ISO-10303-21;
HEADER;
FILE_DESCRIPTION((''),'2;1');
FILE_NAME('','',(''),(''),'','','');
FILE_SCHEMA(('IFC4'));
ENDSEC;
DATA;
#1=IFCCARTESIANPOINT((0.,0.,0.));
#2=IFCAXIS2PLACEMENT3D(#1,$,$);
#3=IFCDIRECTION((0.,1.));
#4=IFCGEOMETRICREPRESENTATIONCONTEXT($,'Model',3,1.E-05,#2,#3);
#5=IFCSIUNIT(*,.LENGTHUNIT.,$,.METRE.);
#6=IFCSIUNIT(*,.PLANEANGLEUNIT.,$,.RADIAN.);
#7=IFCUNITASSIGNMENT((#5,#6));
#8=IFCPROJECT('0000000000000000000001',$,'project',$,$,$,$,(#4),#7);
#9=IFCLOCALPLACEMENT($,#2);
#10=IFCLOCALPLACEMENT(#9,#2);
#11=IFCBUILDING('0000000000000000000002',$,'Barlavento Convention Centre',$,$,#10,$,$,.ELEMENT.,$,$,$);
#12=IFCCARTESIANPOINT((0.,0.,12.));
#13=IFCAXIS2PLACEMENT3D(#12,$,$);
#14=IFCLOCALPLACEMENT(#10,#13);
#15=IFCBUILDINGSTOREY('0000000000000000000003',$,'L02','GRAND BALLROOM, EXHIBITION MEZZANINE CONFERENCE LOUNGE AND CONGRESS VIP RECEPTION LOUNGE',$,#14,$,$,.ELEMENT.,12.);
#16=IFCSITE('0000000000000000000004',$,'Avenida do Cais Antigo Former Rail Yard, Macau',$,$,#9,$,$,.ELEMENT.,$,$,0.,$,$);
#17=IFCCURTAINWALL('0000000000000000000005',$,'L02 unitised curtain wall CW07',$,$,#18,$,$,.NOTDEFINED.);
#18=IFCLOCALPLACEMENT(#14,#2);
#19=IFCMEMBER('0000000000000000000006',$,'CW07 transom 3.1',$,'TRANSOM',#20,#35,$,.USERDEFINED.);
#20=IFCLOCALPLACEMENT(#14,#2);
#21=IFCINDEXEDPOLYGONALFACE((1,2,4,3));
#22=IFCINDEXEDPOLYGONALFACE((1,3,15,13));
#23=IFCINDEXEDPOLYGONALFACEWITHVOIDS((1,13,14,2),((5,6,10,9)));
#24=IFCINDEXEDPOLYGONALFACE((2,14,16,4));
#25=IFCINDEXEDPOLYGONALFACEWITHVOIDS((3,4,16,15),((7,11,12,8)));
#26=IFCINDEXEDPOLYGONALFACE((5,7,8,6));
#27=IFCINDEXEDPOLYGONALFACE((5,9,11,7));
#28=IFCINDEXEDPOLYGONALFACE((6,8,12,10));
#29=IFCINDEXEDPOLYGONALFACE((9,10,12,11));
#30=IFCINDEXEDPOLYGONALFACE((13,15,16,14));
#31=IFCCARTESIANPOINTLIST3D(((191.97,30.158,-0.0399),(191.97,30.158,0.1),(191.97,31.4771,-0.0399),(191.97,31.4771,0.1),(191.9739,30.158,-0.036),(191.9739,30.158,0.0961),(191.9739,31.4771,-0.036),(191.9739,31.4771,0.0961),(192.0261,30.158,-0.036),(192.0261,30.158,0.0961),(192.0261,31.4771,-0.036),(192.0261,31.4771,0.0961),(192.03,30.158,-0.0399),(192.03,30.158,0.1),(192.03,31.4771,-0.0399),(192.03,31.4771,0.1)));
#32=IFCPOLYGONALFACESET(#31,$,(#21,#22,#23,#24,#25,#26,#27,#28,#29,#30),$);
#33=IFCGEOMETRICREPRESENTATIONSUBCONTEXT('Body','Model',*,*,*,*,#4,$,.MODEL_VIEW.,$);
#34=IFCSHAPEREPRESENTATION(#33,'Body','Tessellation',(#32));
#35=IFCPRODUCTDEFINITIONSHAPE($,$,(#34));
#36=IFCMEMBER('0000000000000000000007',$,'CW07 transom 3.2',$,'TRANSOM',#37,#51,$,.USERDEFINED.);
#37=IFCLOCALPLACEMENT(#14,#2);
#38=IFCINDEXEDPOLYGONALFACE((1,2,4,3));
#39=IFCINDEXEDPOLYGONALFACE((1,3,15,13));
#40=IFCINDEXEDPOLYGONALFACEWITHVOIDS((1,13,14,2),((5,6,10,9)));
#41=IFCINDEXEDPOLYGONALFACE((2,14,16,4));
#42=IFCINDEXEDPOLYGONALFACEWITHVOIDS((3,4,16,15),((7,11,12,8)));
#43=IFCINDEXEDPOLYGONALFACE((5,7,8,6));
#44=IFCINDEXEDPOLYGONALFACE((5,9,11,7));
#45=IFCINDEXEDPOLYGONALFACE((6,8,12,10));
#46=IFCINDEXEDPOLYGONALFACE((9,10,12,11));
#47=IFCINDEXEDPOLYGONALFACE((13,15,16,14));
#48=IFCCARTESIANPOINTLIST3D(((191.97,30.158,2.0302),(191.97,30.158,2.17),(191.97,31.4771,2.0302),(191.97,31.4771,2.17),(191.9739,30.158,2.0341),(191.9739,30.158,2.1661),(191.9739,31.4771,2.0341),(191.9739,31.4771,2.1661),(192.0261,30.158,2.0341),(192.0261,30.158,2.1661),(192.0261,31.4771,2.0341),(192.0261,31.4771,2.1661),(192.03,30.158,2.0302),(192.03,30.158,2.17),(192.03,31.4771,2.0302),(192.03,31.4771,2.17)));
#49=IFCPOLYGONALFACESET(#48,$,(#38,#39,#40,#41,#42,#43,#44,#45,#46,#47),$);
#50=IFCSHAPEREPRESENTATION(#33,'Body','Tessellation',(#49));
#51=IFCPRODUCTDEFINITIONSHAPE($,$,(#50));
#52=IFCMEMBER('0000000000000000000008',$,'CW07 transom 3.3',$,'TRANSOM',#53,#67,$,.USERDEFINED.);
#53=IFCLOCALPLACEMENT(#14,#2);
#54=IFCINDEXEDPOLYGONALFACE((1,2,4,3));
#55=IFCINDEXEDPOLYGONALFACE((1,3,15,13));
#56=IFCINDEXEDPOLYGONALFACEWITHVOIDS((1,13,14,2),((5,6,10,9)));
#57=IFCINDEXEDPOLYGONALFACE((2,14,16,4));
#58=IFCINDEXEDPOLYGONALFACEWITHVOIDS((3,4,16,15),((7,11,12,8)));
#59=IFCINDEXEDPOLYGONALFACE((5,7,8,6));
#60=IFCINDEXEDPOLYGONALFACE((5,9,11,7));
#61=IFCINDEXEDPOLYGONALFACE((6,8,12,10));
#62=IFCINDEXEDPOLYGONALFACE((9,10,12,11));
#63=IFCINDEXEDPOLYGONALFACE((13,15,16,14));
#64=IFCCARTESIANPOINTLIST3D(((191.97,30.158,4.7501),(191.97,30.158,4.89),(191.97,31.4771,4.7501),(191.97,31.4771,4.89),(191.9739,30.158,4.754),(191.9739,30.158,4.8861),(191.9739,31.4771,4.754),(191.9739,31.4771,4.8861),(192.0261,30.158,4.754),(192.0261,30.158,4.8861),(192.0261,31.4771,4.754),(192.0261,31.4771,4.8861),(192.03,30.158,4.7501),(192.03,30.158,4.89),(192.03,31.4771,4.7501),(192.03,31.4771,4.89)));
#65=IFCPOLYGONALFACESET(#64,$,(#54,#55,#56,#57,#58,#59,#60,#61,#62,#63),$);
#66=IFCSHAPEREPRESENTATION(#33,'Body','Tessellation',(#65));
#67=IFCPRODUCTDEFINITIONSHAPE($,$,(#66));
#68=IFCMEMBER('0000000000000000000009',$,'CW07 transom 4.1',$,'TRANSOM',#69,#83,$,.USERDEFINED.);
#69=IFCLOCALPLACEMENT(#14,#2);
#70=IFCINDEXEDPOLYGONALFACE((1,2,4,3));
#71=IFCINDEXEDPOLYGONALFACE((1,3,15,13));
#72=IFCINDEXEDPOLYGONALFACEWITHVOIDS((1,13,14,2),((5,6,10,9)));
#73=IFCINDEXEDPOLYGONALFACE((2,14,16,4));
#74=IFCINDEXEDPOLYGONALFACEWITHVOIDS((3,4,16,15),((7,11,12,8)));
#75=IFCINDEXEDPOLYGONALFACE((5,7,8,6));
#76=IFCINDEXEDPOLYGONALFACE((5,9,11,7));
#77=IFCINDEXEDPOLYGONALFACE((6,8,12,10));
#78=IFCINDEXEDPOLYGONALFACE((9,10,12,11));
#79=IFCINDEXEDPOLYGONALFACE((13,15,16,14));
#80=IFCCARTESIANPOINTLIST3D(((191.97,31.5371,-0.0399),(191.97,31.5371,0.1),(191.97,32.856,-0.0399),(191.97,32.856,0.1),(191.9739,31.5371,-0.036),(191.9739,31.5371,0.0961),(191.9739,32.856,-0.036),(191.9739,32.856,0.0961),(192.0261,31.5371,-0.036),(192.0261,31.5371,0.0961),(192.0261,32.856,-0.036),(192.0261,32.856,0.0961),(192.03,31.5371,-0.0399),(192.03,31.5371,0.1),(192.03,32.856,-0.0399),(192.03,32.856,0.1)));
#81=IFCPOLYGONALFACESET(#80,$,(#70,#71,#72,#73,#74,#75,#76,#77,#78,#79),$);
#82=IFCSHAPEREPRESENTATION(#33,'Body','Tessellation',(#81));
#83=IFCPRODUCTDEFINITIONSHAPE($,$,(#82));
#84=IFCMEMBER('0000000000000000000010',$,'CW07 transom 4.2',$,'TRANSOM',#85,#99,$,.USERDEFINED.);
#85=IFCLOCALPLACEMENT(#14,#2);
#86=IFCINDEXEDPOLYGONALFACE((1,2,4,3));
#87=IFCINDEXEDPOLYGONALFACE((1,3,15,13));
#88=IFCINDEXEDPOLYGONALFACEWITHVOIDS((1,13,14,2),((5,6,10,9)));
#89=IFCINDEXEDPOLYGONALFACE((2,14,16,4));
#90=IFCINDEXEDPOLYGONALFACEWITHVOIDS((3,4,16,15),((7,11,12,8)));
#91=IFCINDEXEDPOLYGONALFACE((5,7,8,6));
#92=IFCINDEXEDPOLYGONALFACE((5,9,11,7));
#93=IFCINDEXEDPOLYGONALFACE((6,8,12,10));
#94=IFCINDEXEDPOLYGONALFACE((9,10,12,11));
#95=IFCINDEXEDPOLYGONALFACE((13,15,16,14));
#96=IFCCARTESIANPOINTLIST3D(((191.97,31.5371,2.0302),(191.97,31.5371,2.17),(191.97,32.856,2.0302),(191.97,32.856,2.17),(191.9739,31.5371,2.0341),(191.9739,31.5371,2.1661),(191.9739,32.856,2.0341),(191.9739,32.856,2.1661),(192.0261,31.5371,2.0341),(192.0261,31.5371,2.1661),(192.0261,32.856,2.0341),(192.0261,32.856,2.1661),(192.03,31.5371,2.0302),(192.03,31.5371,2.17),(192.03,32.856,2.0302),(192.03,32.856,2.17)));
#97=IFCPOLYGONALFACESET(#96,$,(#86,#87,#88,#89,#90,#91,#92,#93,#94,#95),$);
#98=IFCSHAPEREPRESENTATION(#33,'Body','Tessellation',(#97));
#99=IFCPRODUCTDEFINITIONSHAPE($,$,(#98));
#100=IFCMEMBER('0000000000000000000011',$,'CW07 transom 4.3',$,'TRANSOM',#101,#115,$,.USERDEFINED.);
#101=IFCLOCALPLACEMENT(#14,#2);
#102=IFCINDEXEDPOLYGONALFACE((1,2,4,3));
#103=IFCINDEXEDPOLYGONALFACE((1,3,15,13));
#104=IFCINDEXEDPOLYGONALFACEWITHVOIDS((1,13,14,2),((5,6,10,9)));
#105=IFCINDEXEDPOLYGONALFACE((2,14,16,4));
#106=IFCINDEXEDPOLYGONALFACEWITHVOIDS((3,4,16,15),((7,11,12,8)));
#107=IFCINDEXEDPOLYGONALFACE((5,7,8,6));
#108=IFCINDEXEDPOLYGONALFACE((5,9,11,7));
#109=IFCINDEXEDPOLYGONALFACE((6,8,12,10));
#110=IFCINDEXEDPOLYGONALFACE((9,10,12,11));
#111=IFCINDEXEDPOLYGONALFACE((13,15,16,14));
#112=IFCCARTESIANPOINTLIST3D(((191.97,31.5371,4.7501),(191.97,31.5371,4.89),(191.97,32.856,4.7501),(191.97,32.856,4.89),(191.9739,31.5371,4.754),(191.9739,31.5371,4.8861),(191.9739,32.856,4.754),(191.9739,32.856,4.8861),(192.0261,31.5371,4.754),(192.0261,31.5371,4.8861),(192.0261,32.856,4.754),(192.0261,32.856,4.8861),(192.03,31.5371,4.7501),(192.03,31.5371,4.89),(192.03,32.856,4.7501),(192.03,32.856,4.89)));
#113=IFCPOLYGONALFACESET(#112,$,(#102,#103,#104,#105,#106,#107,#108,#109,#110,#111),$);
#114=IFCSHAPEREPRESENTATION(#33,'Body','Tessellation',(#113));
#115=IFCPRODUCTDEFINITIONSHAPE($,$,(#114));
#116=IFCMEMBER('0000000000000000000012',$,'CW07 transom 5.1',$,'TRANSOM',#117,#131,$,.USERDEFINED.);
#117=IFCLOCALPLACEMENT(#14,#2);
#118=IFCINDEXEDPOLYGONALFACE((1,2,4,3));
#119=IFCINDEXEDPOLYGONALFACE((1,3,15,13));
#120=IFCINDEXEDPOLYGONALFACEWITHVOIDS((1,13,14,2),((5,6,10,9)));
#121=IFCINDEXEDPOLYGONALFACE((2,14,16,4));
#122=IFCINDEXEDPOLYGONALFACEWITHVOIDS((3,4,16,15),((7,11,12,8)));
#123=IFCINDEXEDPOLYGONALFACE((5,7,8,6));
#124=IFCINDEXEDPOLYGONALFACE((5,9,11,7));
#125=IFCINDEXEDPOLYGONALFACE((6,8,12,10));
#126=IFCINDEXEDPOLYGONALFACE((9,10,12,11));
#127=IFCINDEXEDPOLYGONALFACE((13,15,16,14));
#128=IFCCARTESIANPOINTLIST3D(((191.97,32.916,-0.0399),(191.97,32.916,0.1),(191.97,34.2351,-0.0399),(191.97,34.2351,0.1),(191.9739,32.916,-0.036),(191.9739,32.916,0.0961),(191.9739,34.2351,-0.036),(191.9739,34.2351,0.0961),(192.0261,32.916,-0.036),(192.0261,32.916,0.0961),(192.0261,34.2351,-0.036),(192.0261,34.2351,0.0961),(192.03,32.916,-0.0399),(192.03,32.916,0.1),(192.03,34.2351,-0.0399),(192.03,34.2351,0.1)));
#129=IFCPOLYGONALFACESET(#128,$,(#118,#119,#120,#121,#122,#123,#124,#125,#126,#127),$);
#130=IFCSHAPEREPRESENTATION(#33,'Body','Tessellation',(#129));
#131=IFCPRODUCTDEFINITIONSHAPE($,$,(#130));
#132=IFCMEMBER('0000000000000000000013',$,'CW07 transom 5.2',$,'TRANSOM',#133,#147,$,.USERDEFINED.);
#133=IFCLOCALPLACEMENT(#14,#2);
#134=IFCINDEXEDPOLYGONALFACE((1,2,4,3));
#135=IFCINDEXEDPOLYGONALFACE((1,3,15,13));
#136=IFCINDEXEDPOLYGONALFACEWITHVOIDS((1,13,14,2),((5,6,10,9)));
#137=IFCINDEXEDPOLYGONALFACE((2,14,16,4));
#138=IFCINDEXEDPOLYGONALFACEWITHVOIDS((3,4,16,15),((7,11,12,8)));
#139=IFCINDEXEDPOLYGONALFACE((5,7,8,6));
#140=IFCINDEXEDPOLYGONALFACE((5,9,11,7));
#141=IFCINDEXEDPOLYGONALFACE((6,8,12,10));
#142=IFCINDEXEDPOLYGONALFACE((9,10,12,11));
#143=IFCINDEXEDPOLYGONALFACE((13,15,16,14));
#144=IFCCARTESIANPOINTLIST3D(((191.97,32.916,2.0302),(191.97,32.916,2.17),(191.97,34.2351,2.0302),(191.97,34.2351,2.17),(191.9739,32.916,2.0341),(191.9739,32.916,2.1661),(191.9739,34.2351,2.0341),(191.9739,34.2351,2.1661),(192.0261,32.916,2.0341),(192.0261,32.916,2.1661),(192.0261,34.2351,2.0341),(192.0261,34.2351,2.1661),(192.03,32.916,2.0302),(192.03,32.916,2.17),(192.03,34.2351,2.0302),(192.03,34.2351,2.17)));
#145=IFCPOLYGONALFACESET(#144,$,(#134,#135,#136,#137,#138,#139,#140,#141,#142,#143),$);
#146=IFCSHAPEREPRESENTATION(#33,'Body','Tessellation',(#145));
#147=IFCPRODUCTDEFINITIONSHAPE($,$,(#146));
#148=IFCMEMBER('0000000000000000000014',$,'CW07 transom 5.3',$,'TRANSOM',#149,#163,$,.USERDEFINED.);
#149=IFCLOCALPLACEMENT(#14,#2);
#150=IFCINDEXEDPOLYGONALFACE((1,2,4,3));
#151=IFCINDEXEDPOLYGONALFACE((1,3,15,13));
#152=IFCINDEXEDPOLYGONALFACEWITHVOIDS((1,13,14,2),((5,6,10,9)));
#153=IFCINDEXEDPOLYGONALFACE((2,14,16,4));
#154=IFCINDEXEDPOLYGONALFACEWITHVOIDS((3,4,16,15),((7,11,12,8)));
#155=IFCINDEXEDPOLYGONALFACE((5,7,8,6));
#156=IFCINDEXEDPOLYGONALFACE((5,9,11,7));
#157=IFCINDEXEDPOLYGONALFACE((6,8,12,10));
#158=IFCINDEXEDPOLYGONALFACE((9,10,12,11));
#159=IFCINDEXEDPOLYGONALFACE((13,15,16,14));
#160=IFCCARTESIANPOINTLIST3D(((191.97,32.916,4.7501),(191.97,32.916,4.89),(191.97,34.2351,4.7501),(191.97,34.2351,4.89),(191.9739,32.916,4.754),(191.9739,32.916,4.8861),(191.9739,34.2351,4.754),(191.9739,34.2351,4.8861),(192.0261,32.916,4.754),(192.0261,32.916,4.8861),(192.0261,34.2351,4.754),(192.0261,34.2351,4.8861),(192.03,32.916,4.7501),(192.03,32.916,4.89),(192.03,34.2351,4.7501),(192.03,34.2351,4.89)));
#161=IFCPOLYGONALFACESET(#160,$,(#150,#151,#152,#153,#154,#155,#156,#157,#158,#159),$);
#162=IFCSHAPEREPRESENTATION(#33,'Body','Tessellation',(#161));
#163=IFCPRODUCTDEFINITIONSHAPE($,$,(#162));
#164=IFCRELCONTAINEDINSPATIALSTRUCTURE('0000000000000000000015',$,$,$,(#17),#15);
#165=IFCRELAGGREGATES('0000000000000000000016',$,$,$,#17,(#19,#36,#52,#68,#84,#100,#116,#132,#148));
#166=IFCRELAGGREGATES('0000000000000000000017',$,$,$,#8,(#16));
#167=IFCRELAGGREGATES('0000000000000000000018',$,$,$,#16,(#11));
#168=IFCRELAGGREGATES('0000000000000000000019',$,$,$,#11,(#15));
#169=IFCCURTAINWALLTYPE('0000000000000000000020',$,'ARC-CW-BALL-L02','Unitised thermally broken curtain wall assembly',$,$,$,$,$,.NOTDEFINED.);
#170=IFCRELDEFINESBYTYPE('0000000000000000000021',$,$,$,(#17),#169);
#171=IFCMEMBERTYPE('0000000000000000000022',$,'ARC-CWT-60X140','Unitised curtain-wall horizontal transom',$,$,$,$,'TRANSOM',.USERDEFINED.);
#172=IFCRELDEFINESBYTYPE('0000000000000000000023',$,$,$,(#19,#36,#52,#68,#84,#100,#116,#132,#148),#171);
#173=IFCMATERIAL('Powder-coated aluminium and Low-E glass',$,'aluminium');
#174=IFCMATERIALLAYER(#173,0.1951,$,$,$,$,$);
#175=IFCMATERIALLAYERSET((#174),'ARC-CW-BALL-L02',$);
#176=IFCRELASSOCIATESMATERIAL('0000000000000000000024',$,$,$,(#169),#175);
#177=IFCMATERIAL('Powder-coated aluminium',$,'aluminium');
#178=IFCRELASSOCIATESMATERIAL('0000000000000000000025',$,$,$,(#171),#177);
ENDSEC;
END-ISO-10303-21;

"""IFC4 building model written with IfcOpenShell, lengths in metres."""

from ifc_helpers import new_model, si_unit, direction, frame, origin, origin_2d, place, context, subcontext, project, spatial, hollow_rectangle, extrude, material, layer, layer_set, material_profile, profile_set, type_object, element, aggregate, save


model = new_model("IFC4")

# Units and contexts
model_context = context("Model", 3, precision=1e-05, world=origin(), true_north=direction((0.0, 1.0)))
body_context = subcontext(model_context, "Body", "Model", "MODEL_VIEW")
ifc_project = project(units=[si_unit("LENGTHUNIT", "METRE"), si_unit("PLANEANGLEUNIT", "RADIAN")], contexts=[model_context])

# Site, building, storey
site_placement = place(None, origin())
site = spatial("IfcSite", under=ifc_project, at=site_placement, Name="Avenida do Cais Antigo Former Rail Yard, Macau", CompositionType="ELEMENT", RefElevation=0.0)
building_placement = place(site_placement, origin())
building = spatial("IfcBuilding", under=site, at=building_placement, Name="Barlavento Convention Centre", CompositionType="ELEMENT")
storey_placement = place(building_placement, frame((0.0, 0.0, 12.0)))
storey = spatial("IfcBuildingStorey", under=building, at=storey_placement, Name="L02", Description="GRAND BALLROOM, EXHIBITION MEZZANINE CONFERENCE LOUNGE AND CONGRESS VIP RECEPTION LOUNGE", CompositionType="ELEMENT", Elevation=12.0)

# Curtain wall, members
ifc_material_1 = material(Name="Powder-coated aluminium and Low-E glass", Category="aluminium")
ifc_layer_1 = layer(ifc_material_1, 0.1951)
ifc_layer_set_1 = layer_set([ifc_layer_1], Name="ARC-CW-BALL-L02")
curtain_wall_type = type_object("IfcCurtainWallType", Name="ARC-CW-BALL-L02", Description="Unitised thermally broken curtain wall assembly", PredefinedType="NOTDEFINED", material=ifc_layer_set_1)
curtain_wall_placement = place(storey_placement, origin())
curtain_wall = element("IfcCurtainWall", 1, at=curtain_wall_placement, inside=storey, type_object=curtain_wall_type, Name="L02 unitised curtain wall CW07", PredefinedType="NOTDEFINED")
ifc_material_2 = material(Name="Powder-coated aluminium", Category="aluminium")
ifc_material_profile_1 = material_profile(ifc_material_2, hollow_rectangle(XDim=0.0601, YDim=0.1399, WallThickness=0.0039, at=origin_2d()), Name="AL-TRAN 60x140x4")
ifc_profile_set_1 = profile_set([ifc_material_profile_1], Name="Powder-coated aluminium")
member_type_1 = type_object("IfcMemberType", Name="ARC-CWT-60X140", Description="Unitised curtain-wall horizontal transom", ElementType="TRANSOM", PredefinedType="USERDEFINED", material=ifc_profile_set_1)
member_1_placement = place(storey_placement, frame((192.0, 30.158, 0.03), z_axis=(0.0, 1.0, 0.0), x_axis=(-1.0, 0.0, 0.0)))
member_1 = element("IfcMember", 2, at=member_1_placement, type_object=member_type_1, Name="CW07 transom 3.1", ObjectType="TRANSOM", PredefinedType="USERDEFINED", context=body_context, shape_type="SweptSolid", body=[
    extrude(hollow_rectangle(XDim=0.0601, YDim=0.1399, WallThickness=0.0039, at=origin_2d()), origin(), (0.0, 0.0, 1.0), 1.3191),
])
member_2_placement = place(storey_placement, frame((192.0, 30.158, 2.1001), z_axis=(0.0, 1.0, 0.0), x_axis=(-1.0, 0.0, 0.0)))
member_2 = element("IfcMember", 3, at=member_2_placement, type_object=member_type_1, Name="CW07 transom 3.2", ObjectType="TRANSOM", PredefinedType="USERDEFINED", context=body_context, shape_type="SweptSolid", body=[
    extrude(hollow_rectangle(XDim=0.0601, YDim=0.1399, WallThickness=0.0039, at=origin_2d()), origin(), (0.0, 0.0, 1.0), 1.3191),
])
member_3_placement = place(storey_placement, frame((192.0, 30.158, 4.8201), z_axis=(0.0, 1.0, 0.0), x_axis=(-1.0, 0.0, 0.0)))
member_3 = element("IfcMember", 4, at=member_3_placement, type_object=member_type_1, Name="CW07 transom 3.3", ObjectType="TRANSOM", PredefinedType="USERDEFINED", context=body_context, shape_type="SweptSolid", body=[
    extrude(hollow_rectangle(XDim=0.0601, YDim=0.1399, WallThickness=0.0039, at=origin_2d()), origin(), (0.0, 0.0, 1.0), 1.3191),
])
member_4_placement = place(storey_placement, frame((192.0, 31.5371, 0.03), z_axis=(0.0, 1.0, 0.0), x_axis=(-1.0, 0.0, 0.0)))
member_4 = element("IfcMember", 5, at=member_4_placement, type_object=member_type_1, Name="CW07 transom 4.1", ObjectType="TRANSOM", PredefinedType="USERDEFINED", context=body_context, shape_type="SweptSolid", body=[
    extrude(hollow_rectangle(XDim=0.0601, YDim=0.1399, WallThickness=0.0039, at=origin_2d()), origin(), (0.0, 0.0, 1.0), 1.3188),
])
member_5_placement = place(storey_placement, frame((192.0, 31.5371, 2.1001), z_axis=(0.0, 1.0, 0.0), x_axis=(-1.0, 0.0, 0.0)))
member_5 = element("IfcMember", 6, at=member_5_placement, type_object=member_type_1, Name="CW07 transom 4.2", ObjectType="TRANSOM", PredefinedType="USERDEFINED", context=body_context, shape_type="SweptSolid", body=[
    extrude(hollow_rectangle(XDim=0.0601, YDim=0.1399, WallThickness=0.0039, at=origin_2d()), origin(), (0.0, 0.0, 1.0), 1.3188),
])
member_6_placement = place(storey_placement, frame((192.0, 31.5371, 4.8201), z_axis=(0.0, 1.0, 0.0), x_axis=(-1.0, 0.0, 0.0)))
member_6 = element("IfcMember", 7, at=member_6_placement, type_object=member_type_1, Name="CW07 transom 4.3", ObjectType="TRANSOM", PredefinedType="USERDEFINED", context=body_context, shape_type="SweptSolid", body=[
    extrude(hollow_rectangle(XDim=0.0601, YDim=0.1399, WallThickness=0.0039, at=origin_2d()), origin(), (0.0, 0.0, 1.0), 1.3188),
])
member_7_placement = place(storey_placement, frame((192.0, 32.916, 0.03), z_axis=(0.0, 1.0, 0.0), x_axis=(-1.0, 0.0, 0.0)))
member_7 = element("IfcMember", 8, at=member_7_placement, type_object=member_type_1, Name="CW07 transom 5.1", ObjectType="TRANSOM", PredefinedType="USERDEFINED", context=body_context, shape_type="SweptSolid", body=[
    extrude(hollow_rectangle(XDim=0.0601, YDim=0.1399, WallThickness=0.0039, at=origin_2d()), origin(), (0.0, 0.0, 1.0), 1.3191),
])
member_8_placement = place(storey_placement, frame((192.0, 32.916, 2.1001), z_axis=(0.0, 1.0, 0.0), x_axis=(-1.0, 0.0, 0.0)))
member_8 = element("IfcMember", 9, at=member_8_placement, type_object=member_type_1, Name="CW07 transom 5.2", ObjectType="TRANSOM", PredefinedType="USERDEFINED", context=body_context, shape_type="SweptSolid", body=[
    extrude(hollow_rectangle(XDim=0.0601, YDim=0.1399, WallThickness=0.0039, at=origin_2d()), origin(), (0.0, 0.0, 1.0), 1.3191),
])
member_9_placement = place(storey_placement, frame((192.0, 32.916, 4.8201), z_axis=(0.0, 1.0, 0.0), x_axis=(-1.0, 0.0, 0.0)))
member_9 = element("IfcMember", 10, at=member_9_placement, type_object=member_type_1, Name="CW07 transom 5.3", ObjectType="TRANSOM", PredefinedType="USERDEFINED", context=body_context, shape_type="SweptSolid", body=[
    extrude(hollow_rectangle(XDim=0.0601, YDim=0.1399, WallThickness=0.0039, at=origin_2d()), origin(), (0.0, 0.0, 1.0), 1.3191),
])

aggregate(curtain_wall, [member_1, member_2, member_3, member_4, member_5, member_6, member_7, member_8, member_9])

save(model, "model.ifc")
